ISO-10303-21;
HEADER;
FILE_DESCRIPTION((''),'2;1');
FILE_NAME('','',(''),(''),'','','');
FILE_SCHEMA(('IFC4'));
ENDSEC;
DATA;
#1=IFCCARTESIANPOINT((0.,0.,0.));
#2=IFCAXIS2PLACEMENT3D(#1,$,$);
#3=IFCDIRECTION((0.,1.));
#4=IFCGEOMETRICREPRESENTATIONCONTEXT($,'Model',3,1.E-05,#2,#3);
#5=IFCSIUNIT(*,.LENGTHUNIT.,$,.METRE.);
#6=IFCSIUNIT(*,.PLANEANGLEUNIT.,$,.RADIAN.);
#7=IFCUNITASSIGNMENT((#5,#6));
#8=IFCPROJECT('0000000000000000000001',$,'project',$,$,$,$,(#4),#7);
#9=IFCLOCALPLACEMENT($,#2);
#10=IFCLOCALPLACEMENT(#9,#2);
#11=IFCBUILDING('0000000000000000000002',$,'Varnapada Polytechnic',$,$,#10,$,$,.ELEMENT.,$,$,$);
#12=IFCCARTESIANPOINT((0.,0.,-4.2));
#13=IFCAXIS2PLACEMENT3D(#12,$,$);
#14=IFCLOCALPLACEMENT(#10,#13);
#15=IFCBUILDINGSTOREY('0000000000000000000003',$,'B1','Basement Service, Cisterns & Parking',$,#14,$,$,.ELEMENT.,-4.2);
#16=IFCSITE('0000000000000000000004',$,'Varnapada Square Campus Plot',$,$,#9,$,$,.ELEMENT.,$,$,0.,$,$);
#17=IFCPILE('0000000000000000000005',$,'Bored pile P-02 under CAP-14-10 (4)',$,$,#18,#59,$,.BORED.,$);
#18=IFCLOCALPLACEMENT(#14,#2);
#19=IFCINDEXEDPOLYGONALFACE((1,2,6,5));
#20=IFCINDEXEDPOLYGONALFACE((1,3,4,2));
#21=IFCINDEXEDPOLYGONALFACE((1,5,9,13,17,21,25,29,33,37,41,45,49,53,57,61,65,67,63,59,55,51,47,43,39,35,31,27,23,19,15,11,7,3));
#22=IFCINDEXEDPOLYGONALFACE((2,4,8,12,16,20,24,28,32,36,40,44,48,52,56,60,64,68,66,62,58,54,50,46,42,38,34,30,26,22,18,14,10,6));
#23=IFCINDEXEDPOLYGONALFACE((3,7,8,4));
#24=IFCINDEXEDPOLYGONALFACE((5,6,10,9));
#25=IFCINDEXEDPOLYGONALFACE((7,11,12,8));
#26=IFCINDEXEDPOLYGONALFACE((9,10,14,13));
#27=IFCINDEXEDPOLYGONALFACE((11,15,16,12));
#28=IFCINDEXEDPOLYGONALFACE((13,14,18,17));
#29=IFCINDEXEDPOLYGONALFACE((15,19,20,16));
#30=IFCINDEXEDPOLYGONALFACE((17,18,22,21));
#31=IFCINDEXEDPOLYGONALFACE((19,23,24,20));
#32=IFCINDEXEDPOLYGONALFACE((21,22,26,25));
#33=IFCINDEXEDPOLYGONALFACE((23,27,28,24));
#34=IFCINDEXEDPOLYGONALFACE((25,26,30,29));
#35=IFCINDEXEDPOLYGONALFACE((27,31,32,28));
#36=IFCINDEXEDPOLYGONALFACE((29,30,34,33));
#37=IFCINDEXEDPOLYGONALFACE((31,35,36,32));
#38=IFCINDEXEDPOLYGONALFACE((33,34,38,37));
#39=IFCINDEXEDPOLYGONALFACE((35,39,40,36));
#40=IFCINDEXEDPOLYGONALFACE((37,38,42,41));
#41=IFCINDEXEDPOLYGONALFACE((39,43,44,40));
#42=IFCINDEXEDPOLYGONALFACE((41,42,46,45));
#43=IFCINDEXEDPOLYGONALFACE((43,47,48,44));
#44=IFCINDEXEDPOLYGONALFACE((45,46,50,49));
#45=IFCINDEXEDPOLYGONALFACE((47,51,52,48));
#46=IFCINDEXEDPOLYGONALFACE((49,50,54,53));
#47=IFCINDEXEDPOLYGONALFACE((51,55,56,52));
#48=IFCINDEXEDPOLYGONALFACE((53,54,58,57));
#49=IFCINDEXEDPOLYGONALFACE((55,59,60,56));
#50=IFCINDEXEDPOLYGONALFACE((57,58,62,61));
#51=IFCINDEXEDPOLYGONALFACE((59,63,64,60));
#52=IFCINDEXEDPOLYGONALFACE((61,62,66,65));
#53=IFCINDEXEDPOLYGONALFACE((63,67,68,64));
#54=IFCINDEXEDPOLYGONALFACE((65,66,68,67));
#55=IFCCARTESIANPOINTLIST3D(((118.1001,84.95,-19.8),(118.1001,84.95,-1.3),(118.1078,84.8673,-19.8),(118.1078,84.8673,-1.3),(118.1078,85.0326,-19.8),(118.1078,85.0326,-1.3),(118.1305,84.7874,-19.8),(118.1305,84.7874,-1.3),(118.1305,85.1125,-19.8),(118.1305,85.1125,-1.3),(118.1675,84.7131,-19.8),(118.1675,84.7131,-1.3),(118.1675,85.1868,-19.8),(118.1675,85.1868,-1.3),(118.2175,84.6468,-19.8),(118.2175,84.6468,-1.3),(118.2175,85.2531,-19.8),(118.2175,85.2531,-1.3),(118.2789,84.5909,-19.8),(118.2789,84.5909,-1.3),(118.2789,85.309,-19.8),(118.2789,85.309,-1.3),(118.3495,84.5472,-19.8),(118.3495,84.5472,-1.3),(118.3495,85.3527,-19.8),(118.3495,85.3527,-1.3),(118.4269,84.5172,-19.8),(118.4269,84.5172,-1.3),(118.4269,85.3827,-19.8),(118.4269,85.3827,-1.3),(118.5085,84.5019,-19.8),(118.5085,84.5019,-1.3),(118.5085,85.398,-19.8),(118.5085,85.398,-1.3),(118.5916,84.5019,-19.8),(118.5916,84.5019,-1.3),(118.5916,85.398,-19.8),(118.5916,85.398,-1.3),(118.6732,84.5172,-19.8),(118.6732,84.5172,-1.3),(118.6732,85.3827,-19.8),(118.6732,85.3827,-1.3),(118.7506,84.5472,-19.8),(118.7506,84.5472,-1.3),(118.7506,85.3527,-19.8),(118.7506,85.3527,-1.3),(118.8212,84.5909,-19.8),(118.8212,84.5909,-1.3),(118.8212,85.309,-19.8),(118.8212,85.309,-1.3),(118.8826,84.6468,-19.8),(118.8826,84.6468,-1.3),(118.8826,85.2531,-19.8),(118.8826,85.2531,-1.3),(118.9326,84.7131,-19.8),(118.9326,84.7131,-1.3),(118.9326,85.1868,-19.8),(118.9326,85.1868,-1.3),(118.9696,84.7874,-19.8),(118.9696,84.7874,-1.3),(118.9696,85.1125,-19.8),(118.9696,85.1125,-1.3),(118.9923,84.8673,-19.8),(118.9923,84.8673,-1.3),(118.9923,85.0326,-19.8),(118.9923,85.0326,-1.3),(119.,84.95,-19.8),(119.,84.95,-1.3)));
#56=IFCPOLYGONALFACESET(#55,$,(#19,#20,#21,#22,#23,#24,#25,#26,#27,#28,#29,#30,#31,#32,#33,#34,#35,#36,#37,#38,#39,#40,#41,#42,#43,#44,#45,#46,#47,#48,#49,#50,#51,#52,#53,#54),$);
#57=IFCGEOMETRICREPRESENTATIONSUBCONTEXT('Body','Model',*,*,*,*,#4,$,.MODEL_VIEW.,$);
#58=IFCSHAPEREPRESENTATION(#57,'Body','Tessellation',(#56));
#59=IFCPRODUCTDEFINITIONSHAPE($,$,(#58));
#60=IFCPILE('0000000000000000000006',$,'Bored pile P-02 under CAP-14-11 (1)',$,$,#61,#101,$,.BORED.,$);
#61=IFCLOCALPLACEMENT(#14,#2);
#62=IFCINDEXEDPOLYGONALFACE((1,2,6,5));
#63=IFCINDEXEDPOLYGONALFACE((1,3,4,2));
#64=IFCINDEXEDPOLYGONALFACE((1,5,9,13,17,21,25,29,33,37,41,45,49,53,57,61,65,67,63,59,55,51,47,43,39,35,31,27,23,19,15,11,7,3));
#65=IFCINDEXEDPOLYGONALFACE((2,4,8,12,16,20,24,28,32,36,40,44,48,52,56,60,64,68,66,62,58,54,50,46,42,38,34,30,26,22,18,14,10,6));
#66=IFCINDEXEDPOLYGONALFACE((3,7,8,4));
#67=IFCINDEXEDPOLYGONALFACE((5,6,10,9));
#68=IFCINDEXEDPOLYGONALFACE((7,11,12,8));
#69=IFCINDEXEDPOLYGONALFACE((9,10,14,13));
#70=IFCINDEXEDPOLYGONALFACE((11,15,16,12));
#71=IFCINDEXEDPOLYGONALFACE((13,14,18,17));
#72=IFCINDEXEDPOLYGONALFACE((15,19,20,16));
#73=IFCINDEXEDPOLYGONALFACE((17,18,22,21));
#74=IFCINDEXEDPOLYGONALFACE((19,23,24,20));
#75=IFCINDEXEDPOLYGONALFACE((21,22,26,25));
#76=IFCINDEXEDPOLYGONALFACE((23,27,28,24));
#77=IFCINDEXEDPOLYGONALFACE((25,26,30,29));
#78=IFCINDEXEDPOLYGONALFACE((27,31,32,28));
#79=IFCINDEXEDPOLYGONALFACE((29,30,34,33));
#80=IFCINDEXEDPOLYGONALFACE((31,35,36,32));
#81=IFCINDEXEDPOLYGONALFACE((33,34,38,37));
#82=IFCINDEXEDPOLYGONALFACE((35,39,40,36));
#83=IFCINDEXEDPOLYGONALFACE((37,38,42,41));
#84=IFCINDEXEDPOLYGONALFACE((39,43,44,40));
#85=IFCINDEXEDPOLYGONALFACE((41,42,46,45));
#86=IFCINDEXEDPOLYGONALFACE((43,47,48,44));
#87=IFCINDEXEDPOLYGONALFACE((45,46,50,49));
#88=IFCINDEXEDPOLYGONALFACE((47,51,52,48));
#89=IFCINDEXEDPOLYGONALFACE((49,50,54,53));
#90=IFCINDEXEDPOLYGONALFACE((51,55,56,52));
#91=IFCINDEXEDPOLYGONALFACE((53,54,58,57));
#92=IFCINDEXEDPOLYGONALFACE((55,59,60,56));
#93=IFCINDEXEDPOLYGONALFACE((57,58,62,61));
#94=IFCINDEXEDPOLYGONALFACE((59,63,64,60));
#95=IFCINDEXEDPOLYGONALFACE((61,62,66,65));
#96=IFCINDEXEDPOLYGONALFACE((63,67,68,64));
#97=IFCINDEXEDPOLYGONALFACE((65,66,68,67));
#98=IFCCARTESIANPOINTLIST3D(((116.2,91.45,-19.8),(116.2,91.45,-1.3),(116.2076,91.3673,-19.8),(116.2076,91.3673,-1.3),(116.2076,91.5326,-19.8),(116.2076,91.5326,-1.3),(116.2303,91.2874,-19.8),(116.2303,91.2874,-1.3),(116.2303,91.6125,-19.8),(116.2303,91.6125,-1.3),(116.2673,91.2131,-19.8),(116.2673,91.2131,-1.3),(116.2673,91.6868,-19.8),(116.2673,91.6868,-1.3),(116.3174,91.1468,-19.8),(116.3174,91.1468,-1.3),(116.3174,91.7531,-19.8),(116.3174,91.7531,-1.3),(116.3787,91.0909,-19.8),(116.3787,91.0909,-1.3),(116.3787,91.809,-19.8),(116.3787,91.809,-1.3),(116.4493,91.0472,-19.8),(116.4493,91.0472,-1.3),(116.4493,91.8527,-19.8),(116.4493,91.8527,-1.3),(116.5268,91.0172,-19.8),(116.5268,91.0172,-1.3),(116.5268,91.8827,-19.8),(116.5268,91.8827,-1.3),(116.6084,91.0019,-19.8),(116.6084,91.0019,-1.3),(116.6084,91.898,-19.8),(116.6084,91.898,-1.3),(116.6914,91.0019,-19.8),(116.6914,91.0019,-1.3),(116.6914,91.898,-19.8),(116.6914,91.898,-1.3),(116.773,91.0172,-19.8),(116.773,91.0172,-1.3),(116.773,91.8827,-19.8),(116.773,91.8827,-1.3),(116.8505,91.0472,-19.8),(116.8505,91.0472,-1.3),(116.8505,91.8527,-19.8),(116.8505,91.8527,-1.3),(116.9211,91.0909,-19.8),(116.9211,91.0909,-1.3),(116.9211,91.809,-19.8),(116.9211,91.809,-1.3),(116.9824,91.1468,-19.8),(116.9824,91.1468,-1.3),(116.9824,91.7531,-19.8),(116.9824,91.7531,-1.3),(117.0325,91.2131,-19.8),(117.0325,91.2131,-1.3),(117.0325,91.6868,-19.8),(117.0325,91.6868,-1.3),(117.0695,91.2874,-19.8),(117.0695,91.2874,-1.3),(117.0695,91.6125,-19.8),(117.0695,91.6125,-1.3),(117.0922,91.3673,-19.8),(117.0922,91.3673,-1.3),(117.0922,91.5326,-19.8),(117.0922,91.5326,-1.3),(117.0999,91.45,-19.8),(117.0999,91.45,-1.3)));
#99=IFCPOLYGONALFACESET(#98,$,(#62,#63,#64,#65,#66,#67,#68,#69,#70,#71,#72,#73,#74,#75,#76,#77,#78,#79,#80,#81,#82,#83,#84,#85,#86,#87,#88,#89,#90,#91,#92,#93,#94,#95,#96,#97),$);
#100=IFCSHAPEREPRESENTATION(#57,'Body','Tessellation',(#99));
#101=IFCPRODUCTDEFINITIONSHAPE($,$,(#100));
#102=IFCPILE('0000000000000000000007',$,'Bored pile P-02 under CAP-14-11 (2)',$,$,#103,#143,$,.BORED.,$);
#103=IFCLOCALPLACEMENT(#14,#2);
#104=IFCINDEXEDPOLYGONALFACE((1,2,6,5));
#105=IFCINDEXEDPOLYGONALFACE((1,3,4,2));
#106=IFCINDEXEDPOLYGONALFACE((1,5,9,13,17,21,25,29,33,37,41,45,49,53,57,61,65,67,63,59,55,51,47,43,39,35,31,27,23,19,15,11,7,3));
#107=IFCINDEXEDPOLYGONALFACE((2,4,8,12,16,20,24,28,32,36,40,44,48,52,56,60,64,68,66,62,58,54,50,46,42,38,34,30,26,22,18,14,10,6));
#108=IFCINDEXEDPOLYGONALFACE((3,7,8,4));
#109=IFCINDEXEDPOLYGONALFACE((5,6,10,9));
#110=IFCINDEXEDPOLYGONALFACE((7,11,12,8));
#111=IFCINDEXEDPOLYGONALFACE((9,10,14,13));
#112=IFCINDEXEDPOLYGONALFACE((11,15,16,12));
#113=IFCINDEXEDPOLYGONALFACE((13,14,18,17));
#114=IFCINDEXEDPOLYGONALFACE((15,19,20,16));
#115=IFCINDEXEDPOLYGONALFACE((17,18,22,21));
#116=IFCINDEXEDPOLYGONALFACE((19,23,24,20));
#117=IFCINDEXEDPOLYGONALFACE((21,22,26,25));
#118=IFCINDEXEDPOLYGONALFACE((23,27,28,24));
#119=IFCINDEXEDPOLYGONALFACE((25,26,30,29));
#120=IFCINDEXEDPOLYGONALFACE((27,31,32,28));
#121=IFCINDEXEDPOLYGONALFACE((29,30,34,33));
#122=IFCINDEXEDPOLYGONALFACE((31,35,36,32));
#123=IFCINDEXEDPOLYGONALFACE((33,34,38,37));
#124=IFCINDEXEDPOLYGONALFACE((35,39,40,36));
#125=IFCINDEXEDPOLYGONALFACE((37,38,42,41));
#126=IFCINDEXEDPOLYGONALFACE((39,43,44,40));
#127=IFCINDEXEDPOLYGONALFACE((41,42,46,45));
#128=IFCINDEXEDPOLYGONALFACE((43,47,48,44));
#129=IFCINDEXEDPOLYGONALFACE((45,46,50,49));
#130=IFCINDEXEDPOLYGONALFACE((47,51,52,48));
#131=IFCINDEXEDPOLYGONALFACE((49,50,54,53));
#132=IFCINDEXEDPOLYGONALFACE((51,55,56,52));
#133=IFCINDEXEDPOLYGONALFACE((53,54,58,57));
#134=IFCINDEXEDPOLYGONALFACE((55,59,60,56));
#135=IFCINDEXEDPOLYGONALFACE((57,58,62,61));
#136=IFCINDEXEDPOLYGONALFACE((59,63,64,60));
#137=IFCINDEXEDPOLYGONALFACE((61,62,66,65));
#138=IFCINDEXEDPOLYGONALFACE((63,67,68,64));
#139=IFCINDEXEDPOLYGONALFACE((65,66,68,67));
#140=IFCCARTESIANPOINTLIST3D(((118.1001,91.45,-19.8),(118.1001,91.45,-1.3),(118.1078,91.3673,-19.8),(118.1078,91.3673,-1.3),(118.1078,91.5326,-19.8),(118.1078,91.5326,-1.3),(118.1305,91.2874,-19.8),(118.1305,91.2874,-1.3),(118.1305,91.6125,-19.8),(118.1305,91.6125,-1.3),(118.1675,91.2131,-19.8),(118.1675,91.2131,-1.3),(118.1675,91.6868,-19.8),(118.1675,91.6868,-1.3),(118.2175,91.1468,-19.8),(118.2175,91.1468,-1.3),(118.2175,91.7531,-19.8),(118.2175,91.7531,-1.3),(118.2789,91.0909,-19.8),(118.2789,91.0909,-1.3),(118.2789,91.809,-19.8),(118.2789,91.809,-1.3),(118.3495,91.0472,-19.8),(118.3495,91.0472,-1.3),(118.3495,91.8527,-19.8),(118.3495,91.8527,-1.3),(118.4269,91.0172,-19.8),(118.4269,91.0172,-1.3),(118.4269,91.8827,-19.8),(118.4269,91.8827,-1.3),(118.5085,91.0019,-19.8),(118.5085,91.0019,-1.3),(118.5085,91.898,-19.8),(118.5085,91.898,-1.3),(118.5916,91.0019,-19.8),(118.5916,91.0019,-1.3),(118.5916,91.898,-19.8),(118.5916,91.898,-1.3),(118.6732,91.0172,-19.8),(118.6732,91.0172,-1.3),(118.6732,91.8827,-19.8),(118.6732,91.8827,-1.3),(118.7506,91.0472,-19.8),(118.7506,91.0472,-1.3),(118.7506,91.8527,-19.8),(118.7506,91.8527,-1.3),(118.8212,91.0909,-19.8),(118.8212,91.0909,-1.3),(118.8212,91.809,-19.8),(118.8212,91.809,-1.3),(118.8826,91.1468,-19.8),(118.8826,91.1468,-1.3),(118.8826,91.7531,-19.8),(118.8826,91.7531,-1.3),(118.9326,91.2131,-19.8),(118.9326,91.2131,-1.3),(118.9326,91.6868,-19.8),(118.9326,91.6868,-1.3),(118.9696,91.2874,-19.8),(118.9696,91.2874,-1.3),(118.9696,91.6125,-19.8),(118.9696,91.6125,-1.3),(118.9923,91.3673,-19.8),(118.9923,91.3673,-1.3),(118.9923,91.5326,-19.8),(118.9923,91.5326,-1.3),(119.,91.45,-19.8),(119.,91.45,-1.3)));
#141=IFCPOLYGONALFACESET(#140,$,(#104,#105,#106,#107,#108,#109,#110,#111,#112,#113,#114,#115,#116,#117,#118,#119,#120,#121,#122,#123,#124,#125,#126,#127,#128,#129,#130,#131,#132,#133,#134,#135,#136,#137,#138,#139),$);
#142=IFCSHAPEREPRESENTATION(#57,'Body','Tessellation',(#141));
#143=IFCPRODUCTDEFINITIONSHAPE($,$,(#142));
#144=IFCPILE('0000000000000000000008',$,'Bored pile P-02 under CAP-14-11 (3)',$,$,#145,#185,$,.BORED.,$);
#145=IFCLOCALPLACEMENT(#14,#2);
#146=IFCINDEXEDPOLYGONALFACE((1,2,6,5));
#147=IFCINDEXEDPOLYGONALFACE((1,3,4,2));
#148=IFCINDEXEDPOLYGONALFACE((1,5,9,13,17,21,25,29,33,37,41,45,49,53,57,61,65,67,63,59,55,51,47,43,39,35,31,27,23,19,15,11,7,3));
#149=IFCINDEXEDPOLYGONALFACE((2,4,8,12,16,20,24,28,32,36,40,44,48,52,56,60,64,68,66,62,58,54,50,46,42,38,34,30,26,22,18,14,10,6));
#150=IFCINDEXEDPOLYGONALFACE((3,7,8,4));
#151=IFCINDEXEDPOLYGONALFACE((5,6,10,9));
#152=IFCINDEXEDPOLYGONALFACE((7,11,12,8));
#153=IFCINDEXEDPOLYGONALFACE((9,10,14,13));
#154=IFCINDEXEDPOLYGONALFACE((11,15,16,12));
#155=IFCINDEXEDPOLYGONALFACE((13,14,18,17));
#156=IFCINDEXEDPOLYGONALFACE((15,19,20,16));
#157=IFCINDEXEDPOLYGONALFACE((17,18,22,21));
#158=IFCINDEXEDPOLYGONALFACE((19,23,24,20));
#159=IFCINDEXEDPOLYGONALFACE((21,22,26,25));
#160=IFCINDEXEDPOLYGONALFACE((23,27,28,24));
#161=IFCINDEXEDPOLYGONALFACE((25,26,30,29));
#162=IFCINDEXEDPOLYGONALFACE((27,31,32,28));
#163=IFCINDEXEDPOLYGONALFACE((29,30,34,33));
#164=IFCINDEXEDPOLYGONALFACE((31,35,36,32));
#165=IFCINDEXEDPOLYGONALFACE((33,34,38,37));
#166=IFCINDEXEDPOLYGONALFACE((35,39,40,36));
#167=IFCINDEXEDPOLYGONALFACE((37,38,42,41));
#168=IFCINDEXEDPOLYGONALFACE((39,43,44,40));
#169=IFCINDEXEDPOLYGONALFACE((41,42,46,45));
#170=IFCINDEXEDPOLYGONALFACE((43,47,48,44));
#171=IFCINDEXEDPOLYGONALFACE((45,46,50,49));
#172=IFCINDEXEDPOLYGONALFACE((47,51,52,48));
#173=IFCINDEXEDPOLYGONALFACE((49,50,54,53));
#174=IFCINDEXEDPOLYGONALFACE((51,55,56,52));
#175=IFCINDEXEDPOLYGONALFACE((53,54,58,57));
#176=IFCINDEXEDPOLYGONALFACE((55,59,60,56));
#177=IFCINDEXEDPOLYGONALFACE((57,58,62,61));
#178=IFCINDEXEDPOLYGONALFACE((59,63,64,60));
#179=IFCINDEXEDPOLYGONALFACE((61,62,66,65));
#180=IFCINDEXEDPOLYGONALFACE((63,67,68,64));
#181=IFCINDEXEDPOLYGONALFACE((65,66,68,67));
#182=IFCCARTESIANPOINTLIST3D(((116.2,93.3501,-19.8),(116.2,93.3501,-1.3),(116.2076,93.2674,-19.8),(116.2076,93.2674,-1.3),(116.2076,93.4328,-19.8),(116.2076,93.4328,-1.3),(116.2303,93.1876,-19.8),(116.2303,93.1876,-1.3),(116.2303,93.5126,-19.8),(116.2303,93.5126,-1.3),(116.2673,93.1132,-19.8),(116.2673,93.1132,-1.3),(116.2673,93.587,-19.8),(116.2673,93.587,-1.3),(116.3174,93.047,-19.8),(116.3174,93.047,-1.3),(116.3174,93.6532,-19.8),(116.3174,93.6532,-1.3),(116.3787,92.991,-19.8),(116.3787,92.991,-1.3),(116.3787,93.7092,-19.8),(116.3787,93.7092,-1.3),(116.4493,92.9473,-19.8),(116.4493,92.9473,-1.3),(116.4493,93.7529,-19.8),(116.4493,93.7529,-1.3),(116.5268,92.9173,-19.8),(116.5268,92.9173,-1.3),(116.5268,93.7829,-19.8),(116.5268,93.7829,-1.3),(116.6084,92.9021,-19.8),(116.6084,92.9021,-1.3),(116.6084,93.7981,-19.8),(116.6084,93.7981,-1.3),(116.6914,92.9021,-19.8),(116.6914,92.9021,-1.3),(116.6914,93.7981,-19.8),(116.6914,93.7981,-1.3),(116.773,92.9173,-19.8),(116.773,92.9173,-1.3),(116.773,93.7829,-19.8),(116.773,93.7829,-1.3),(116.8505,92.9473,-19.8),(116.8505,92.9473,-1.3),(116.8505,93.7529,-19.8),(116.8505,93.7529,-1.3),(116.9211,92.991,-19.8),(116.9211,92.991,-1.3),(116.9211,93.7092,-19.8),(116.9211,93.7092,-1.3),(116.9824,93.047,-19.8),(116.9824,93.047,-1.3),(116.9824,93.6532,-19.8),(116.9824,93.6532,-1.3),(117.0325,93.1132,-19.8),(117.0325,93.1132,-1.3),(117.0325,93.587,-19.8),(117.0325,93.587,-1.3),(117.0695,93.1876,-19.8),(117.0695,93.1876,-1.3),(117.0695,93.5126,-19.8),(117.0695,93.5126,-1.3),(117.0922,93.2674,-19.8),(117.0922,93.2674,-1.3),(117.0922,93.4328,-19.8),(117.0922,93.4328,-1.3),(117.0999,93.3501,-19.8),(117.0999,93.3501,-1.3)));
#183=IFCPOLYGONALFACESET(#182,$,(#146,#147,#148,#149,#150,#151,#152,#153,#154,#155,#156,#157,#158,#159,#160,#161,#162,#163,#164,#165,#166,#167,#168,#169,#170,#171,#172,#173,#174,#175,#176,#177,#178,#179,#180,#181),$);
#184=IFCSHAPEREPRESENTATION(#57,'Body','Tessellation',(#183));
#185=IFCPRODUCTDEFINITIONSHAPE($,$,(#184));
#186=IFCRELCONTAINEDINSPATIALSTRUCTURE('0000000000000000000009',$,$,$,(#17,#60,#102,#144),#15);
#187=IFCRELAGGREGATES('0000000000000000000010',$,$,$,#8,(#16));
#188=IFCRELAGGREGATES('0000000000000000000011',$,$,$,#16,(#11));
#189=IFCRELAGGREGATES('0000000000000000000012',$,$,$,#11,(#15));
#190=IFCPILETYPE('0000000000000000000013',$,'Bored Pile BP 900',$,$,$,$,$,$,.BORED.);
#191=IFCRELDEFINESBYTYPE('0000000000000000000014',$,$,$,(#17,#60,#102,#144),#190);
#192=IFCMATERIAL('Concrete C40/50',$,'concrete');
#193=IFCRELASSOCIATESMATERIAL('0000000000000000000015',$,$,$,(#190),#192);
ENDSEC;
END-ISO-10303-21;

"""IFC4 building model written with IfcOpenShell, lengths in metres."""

from ifc_helpers import new_model, si_unit, direction, frame, origin, origin_2d, place, context, subcontext, project, spatial, circle, extrude, material, material_profile, profile_set, type_object, element, save


model = new_model("IFC4")

# Units and contexts
model_context = context("Model", 3, precision=1e-05, world=origin(), true_north=direction((0.0, 1.0)))
body_context = subcontext(model_context, "Body", "Model", "MODEL_VIEW")
ifc_project = project(units=[si_unit("LENGTHUNIT", "METRE"), si_unit("PLANEANGLEUNIT", "RADIAN")], contexts=[model_context])

# Site, building, storey
site_placement = place(None, origin())
site = spatial("IfcSite", under=ifc_project, at=site_placement, Name="Varnapada Square Campus Plot", CompositionType="ELEMENT", RefElevation=0.0)
building_placement = place(site_placement, origin())
building = spatial("IfcBuilding", under=site, at=building_placement, Name="Varnapada Polytechnic", CompositionType="ELEMENT")
storey_placement = place(building_placement, frame((0.0, 0.0, -4.2)))
storey = spatial("IfcBuildingStorey", under=building, at=storey_placement, Name="B1", Description="Basement Service, Cisterns & Parking", CompositionType="ELEMENT", Elevation=-4.2)

# Piles
ifc_material_1 = material(Name="Concrete C40/50", Category="concrete")
ifc_material_profile_1 = material_profile(ifc_material_1, circle(Radius=0.45, at=origin_2d()), Name="BP 900")
ifc_profile_set_1 = profile_set([ifc_material_profile_1], Name="Concrete C40/50")
pile_type = type_object("IfcPileType", Name="Bored Pile BP 900", PredefinedType="BORED", material=ifc_profile_set_1)
for number, where, z_axis, x_axis, name in (
    (1, (118.55, 84.95, -1.3), (0.0, 0.0, -1.0), (1.0, 0.0, 0.0), "Bored pile P-02 under CAP-14-10 (4)"),
    (2, (116.6499, 91.45, -1.3), (0.0, 0.0, -1.0), (1.0, 0.0, 0.0), "Bored pile P-02 under CAP-14-11 (1)"),
    (3, (118.55, 91.45, -1.3), (0.0, 0.0, -1.0), (1.0, 0.0, 0.0), "Bored pile P-02 under CAP-14-11 (2)"),
    (4, (116.6499, 93.3501, -1.3), (0.0, 0.0, -1.0), (1.0, 0.0, 0.0), "Bored pile P-02 under CAP-14-11 (3)"),
):
    element("IfcPile", number, at=place(storey_placement, frame(where, z_axis=z_axis, x_axis=x_axis)), inside=storey, type_object=pile_type, Name=name, PredefinedType="BORED", context=body_context, shape_type="SweptSolid", body=[
        extrude(circle(Radius=0.45, at=origin_2d()), origin(), (0.0, 0.0, 1.0), 18.5),
    ])

save(model, "model.ifc")
